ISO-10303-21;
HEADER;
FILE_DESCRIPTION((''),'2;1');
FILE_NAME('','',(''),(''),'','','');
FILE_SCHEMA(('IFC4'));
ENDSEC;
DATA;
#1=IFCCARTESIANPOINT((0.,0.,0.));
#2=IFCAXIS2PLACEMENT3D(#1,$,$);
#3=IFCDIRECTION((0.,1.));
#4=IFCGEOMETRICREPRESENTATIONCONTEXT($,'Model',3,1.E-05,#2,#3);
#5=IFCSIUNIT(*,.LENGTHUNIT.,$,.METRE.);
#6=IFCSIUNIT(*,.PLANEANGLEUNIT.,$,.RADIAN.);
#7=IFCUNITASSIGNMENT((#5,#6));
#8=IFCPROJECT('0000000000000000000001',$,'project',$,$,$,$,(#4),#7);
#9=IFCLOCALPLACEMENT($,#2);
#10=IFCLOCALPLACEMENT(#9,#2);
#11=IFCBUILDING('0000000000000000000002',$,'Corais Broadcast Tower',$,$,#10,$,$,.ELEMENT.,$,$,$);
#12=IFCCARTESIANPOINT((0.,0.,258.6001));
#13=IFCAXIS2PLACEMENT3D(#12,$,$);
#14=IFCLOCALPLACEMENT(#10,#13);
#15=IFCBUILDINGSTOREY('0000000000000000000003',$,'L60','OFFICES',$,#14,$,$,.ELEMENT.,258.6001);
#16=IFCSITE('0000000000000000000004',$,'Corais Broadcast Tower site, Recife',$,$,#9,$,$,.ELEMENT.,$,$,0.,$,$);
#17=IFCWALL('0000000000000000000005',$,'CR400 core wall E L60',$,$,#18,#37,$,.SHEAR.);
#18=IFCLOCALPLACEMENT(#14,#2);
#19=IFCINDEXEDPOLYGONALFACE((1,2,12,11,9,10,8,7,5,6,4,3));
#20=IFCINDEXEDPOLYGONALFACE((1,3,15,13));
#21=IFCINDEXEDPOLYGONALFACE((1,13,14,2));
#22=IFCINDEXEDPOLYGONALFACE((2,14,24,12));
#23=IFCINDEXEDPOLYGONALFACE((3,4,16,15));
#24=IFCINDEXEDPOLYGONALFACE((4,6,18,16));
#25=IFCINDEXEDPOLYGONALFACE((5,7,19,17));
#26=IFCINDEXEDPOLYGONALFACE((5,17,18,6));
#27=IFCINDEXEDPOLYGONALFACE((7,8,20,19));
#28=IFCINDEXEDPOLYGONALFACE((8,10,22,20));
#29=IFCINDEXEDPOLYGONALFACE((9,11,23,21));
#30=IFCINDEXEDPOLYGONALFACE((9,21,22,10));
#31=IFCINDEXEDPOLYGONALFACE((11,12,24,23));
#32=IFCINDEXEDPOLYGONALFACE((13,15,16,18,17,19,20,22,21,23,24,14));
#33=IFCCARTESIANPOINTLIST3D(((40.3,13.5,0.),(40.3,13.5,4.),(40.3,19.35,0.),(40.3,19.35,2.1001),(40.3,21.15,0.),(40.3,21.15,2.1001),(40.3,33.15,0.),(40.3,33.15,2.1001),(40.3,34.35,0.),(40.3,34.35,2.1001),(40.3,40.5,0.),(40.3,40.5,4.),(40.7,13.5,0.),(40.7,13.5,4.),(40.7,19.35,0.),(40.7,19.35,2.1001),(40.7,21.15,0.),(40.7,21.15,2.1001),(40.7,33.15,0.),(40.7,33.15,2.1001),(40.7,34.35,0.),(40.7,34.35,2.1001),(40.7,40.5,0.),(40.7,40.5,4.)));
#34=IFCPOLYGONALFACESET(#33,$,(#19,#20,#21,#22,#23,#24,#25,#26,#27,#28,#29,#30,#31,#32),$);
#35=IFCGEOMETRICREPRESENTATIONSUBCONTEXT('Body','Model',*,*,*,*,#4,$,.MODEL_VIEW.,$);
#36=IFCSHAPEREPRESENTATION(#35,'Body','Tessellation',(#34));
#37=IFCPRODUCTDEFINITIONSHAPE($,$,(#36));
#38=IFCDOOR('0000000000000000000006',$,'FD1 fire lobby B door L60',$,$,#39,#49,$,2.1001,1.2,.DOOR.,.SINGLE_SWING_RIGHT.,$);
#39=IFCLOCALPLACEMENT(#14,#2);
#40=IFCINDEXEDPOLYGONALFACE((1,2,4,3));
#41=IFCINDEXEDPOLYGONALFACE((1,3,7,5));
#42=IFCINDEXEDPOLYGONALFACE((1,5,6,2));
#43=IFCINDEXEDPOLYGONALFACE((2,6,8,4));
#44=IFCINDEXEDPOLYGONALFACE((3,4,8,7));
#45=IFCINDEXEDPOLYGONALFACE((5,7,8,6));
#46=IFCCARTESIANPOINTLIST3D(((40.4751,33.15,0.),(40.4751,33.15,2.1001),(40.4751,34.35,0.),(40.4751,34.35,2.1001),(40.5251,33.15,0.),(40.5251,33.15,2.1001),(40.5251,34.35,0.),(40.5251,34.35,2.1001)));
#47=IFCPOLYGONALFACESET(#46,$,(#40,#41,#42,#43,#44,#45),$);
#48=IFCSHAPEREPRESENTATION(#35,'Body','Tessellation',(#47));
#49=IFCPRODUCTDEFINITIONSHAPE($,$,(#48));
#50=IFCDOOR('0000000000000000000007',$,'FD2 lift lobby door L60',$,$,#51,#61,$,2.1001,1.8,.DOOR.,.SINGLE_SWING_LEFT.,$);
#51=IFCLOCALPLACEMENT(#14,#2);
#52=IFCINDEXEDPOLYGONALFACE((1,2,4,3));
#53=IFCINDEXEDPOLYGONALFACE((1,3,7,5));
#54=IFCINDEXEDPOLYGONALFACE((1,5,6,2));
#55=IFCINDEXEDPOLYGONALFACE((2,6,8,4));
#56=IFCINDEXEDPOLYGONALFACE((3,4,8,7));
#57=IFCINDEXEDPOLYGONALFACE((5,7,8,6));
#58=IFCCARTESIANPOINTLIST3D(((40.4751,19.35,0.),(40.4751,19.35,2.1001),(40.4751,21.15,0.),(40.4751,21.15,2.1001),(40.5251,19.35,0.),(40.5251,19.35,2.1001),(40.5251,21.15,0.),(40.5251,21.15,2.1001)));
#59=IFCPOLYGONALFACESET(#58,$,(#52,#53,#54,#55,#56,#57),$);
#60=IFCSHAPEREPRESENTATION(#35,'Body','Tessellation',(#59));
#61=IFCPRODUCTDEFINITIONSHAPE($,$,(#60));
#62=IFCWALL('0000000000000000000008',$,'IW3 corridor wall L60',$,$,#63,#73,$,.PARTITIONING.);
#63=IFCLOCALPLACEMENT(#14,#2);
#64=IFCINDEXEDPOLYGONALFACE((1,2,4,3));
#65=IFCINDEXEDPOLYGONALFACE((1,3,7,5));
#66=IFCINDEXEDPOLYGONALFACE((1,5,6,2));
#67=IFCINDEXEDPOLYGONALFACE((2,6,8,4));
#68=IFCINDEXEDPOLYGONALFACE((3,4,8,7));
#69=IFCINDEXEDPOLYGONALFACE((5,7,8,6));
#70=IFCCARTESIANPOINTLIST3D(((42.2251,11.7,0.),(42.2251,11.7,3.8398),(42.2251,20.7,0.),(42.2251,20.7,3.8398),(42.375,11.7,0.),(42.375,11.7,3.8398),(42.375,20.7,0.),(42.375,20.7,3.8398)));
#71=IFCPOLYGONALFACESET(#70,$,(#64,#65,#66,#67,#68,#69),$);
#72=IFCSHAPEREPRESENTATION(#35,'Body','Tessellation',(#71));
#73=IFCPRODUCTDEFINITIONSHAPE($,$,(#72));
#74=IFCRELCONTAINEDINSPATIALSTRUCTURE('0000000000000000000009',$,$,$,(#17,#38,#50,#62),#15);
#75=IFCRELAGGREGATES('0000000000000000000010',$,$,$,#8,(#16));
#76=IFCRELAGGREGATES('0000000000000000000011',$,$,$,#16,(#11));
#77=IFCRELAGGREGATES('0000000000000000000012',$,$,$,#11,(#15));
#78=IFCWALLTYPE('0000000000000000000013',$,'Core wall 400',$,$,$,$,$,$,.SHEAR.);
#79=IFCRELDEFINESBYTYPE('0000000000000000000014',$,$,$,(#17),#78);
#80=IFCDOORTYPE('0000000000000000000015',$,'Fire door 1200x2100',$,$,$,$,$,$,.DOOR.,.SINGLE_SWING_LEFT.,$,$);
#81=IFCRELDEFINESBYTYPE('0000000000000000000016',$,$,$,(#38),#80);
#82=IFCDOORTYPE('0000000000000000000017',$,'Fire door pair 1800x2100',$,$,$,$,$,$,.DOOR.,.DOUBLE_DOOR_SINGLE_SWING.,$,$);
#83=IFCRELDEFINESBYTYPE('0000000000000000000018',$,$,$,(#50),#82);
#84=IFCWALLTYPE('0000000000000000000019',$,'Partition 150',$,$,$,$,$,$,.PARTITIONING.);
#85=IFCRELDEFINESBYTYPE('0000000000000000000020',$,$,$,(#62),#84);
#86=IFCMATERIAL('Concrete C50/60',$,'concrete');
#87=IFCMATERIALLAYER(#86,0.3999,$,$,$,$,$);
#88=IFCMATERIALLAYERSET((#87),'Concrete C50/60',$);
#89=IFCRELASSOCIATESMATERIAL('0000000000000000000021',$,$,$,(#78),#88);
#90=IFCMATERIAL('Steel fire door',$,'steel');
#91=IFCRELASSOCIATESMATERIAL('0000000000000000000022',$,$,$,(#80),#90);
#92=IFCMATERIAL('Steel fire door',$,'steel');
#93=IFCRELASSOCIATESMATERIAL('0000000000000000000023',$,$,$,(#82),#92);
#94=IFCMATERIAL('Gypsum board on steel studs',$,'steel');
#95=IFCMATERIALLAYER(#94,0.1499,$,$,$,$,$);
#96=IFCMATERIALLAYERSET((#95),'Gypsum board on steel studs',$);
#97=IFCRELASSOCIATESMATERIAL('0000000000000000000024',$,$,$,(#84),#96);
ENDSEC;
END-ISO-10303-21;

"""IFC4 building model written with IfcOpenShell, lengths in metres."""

from ifc_helpers import new_model, si_unit, direction, frame, frame_2d, origin, place, context, subcontext, project, spatial, rectangle, extrude, material, layer, layer_set, type_object, element, fill, save


model = new_model("IFC4")

# Units and contexts
model_context = context("Model", 3, precision=1e-05, world=origin(), true_north=direction((0.0, 1.0)))
body_context = subcontext(model_context, "Body", "Model", "MODEL_VIEW")
ifc_project = project(units=[si_unit("LENGTHUNIT", "METRE"), si_unit("PLANEANGLEUNIT", "RADIAN")], contexts=[model_context])

# Site, building, storey
site_placement = place(None, origin())
site = spatial("IfcSite", under=ifc_project, at=site_placement, Name="Corais Broadcast Tower site, Recife", CompositionType="ELEMENT", RefElevation=0.0)
building_placement = place(site_placement, origin())
building = spatial("IfcBuilding", under=site, at=building_placement, Name="Corais Broadcast Tower", CompositionType="ELEMENT")
storey_placement = place(building_placement, frame((0.0, 0.0, 258.6001)))
storey = spatial("IfcBuildingStorey", under=building, at=storey_placement, Name="L60", Description="OFFICES", CompositionType="ELEMENT", Elevation=258.6001)

# Wall, openings, doors
ifc_material_1 = material(Name="Concrete C50/60", Category="concrete")
ifc_layer_1 = layer(ifc_material_1, 0.3999)
ifc_layer_set_1 = layer_set([ifc_layer_1], Name="Concrete C50/60")
wall_type_1 = type_object("IfcWallType", Name="Core wall 400", PredefinedType="SHEAR", material=ifc_layer_set_1)
wall_1_placement = place(storey_placement, frame((40.5, 13.5, 0.0), z_axis=(0.0, 0.0, 1.0), x_axis=(0.0, 1.0, 0.0)))
wall_1 = element("IfcWall", 1, at=wall_1_placement, inside=storey, type_object=wall_type_1, Name="CR400 core wall E L60", PredefinedType="SHEAR", context=body_context, shape_type="SweptSolid", body=[
    extrude(rectangle(XDim=27.0, YDim=0.3999, at=frame_2d((13.5, 0.0))), origin(), (0.0, 0.0, 1.0), 4.0),
])
opening_1_placement = place(wall_1_placement, frame((5.8501, 0.0, 0.0)))
opening_1 = element("IfcOpeningElement", 2, at=opening_1_placement, cuts=wall_1, PredefinedType="OPENING", context=body_context, shape_type="SweptSolid", body=[
    extrude(rectangle(XDim=1.8, YDim=2.1001, at=frame_2d((0.8999, 1.05))), frame((0.0, 0.21, 0.0), z_axis=(0.0, -1.0, 0.0), x_axis=(1.0, 0.0, 0.0)), (0.0, 0.0, 1.0), 0.4199),
])
opening_2_placement = place(wall_1_placement, frame((19.6499, 0.0, 0.0)))
opening_2 = element("IfcOpeningElement", 3, at=opening_2_placement, cuts=wall_1, PredefinedType="OPENING", context=body_context, shape_type="SweptSolid", body=[
    extrude(rectangle(XDim=1.2, YDim=2.1001, at=frame_2d((0.6001, 1.05))), frame((0.0, 0.21, 0.0), z_axis=(0.0, -1.0, 0.0), x_axis=(1.0, 0.0, 0.0)), (0.0, 0.0, 1.0), 0.4199),
])
ifc_material_2 = material(Name="Steel fire door", Category="steel")
door_type_1 = type_object("IfcDoorType", Name="Fire door 1200x2100", OperationType="SINGLE_SWING_LEFT", PredefinedType="DOOR", material=ifc_material_2)
door_1_placement = place(opening_2_placement, origin())
door_1 = element("IfcDoor", 4, at=door_1_placement, inside=storey, type_object=door_type_1, Name="FD1 fire lobby B door L60", OperationType="SINGLE_SWING_RIGHT", OverallHeight=2.1001, OverallWidth=1.2, PredefinedType="DOOR", context=body_context, shape_type="SweptSolid", body=[
    extrude(rectangle(XDim=1.2, YDim=2.1001, at=frame_2d((0.6001, 1.05))), frame((0.0, 0.0249, 0.0), z_axis=(0.0, -1.0, 0.0), x_axis=(1.0, 0.0, 0.0)), (0.0, 0.0, 1.0), 0.05),
])
fill(opening_2, door_1)
ifc_material_3 = material(Name="Steel fire door", Category="steel")
door_type_2 = type_object("IfcDoorType", Name="Fire door pair 1800x2100", OperationType="DOUBLE_DOOR_SINGLE_SWING", PredefinedType="DOOR", material=ifc_material_3)
door_2_placement = place(opening_1_placement, origin())
door_2 = element("IfcDoor", 5, at=door_2_placement, inside=storey, type_object=door_type_2, Name="FD2 lift lobby door L60", OperationType="SINGLE_SWING_LEFT", OverallHeight=2.1001, OverallWidth=1.8, PredefinedType="DOOR", context=body_context, shape_type="SweptSolid", body=[
    extrude(rectangle(XDim=1.8, YDim=2.1001, at=frame_2d((0.8999, 1.05))), frame((0.0, 0.0249, 0.0), z_axis=(0.0, -1.0, 0.0), x_axis=(1.0, 0.0, 0.0)), (0.0, 0.0, 1.0), 0.05),
])
fill(opening_1, door_2)

# Wall
ifc_material_4 = material(Name="Gypsum board on steel studs", Category="steel")
ifc_layer_2 = layer(ifc_material_4, 0.1499)
ifc_layer_set_2 = layer_set([ifc_layer_2], Name="Gypsum board on steel studs")
wall_type_2 = type_object("IfcWallType", Name="Partition 150", PredefinedType="PARTITIONING", material=ifc_layer_set_2)
wall_2_placement = place(storey_placement, frame((42.3, 11.7, 0.0), z_axis=(0.0, 0.0, 1.0), x_axis=(0.0, 1.0, 0.0)))
element("IfcWall", 6, at=wall_2_placement, inside=storey, type_object=wall_type_2, Name="IW3 corridor wall L60", PredefinedType="PARTITIONING", context=body_context, shape_type="SweptSolid", body=[
    extrude(rectangle(XDim=9.0, YDim=0.1499, at=frame_2d((4.5, 0.0))), origin(), (0.0, 0.0, 1.0), 3.8398),
])

save(model, "model.ifc")
